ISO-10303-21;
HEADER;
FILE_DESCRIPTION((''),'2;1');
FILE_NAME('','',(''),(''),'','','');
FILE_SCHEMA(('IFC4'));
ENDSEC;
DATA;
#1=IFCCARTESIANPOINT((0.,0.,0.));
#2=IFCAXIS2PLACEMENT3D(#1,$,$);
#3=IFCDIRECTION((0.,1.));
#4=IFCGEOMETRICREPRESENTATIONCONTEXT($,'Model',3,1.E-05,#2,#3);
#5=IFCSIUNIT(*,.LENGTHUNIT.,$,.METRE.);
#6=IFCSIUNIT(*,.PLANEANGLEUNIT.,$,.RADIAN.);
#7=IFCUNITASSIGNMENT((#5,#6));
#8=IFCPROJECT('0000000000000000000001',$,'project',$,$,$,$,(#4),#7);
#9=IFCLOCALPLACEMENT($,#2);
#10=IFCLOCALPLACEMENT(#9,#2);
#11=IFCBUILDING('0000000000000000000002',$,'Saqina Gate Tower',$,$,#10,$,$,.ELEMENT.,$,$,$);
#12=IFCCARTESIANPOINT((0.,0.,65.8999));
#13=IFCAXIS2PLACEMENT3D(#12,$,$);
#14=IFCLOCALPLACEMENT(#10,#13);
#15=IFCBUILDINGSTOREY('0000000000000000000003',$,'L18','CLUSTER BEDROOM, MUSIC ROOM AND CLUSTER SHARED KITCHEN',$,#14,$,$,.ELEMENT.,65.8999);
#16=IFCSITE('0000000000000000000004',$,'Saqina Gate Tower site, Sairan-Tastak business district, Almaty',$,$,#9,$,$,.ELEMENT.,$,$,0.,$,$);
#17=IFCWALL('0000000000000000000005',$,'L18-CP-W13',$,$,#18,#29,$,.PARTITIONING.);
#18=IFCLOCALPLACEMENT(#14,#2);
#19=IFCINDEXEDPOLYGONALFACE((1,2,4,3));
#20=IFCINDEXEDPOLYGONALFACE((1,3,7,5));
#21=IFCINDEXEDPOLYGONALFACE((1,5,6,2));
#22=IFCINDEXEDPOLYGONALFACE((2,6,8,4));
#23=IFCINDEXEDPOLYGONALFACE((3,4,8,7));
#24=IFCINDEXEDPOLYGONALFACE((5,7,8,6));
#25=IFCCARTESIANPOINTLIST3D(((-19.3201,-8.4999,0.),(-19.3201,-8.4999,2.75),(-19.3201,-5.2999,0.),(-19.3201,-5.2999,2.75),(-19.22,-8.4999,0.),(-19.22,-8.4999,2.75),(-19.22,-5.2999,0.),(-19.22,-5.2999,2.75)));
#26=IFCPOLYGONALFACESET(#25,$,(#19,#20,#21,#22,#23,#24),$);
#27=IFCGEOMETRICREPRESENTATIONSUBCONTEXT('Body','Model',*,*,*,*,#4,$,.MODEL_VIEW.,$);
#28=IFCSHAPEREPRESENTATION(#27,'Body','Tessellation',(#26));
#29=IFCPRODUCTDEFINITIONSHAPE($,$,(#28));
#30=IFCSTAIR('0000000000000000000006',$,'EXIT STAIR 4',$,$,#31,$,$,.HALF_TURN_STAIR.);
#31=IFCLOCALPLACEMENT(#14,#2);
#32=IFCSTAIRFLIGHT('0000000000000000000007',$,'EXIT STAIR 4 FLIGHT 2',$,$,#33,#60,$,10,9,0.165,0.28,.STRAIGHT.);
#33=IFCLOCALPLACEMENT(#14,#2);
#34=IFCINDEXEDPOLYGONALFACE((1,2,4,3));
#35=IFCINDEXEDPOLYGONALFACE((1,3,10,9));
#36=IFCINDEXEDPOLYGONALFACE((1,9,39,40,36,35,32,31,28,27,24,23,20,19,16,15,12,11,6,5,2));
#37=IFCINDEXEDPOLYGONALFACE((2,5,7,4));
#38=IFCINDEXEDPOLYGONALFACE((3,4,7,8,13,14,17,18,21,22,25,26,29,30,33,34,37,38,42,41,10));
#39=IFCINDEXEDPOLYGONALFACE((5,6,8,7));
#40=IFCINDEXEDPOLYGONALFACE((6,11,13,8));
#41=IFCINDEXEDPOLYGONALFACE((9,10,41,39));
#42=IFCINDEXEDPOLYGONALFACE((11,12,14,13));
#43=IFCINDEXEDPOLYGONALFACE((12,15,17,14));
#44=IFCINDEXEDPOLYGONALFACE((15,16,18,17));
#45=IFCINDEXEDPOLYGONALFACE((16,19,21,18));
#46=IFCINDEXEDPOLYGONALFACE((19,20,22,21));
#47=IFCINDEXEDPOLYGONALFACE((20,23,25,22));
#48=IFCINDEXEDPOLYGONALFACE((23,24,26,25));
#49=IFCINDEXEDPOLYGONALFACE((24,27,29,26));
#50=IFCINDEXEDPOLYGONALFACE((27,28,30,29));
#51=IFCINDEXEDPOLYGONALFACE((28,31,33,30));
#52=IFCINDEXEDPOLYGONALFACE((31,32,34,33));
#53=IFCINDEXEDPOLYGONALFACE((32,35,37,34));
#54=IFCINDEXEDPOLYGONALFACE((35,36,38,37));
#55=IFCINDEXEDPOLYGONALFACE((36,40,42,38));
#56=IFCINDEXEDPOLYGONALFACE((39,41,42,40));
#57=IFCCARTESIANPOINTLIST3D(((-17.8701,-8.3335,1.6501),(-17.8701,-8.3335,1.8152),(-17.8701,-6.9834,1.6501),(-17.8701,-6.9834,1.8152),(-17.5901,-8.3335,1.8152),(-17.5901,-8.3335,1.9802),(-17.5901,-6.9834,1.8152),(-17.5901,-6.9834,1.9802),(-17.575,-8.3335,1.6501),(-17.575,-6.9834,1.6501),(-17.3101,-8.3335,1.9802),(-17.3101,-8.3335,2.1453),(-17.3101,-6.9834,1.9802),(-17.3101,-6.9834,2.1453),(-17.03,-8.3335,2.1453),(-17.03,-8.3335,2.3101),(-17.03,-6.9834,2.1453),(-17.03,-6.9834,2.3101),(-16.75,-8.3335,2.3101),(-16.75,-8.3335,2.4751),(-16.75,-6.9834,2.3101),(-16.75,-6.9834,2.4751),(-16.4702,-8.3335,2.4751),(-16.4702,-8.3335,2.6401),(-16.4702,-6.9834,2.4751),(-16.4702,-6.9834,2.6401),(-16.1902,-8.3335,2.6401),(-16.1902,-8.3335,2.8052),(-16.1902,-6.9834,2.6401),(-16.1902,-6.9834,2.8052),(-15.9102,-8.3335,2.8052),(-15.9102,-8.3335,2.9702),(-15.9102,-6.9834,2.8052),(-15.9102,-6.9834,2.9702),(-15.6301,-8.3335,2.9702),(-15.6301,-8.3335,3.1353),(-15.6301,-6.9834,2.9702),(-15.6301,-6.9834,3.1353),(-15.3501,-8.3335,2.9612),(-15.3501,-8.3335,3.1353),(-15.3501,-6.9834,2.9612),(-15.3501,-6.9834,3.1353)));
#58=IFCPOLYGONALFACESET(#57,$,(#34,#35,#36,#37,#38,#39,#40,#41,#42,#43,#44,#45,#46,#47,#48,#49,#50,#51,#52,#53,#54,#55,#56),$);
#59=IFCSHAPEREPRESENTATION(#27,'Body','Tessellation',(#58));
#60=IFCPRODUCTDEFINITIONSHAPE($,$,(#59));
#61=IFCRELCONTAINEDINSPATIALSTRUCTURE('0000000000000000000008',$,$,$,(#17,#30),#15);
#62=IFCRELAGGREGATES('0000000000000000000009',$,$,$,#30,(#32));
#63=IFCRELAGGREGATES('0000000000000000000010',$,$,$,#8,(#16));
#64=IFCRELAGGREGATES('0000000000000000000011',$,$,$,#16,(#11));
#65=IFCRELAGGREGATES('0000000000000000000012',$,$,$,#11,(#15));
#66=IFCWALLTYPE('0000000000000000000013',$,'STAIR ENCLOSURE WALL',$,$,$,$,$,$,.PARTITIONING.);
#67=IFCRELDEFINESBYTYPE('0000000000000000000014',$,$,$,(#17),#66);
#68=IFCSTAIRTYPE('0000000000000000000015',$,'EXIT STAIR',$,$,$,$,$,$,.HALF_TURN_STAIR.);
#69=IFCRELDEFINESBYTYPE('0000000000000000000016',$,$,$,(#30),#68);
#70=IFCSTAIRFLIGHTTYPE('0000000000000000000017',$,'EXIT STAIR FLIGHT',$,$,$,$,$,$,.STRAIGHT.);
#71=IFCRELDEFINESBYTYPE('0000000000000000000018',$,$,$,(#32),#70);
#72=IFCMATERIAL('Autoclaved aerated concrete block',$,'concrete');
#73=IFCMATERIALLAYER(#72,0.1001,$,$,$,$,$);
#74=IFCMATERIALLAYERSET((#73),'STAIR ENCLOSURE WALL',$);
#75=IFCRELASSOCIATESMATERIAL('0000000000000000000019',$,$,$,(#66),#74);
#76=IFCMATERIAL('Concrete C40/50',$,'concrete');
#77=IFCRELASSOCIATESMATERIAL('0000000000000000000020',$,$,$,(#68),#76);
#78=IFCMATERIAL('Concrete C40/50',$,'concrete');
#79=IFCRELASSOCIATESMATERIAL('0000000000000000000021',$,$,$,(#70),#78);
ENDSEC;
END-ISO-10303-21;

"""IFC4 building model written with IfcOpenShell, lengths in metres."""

from ifc_helpers import new_model, si_unit, direction, frame, frame_2d, origin, place, context, subcontext, project, spatial, polyline, rectangle, outline, extrude, material, layer, layer_set, type_object, element, aggregate, save


model = new_model("IFC4")

# Units and contexts
model_context = context("Model", 3, precision=1e-05, world=origin(), true_north=direction((0.0, 1.0)))
body_context = subcontext(model_context, "Body", "Model", "MODEL_VIEW")
ifc_project = project(units=[si_unit("LENGTHUNIT", "METRE"), si_unit("PLANEANGLEUNIT", "RADIAN")], contexts=[model_context])

# Site, building, storey
site_placement = place(None, origin())
site = spatial("IfcSite", under=ifc_project, at=site_placement, Name="Saqina Gate Tower site, Sairan-Tastak business district, Almaty", CompositionType="ELEMENT", RefElevation=0.0)
building_placement = place(site_placement, origin())
building = spatial("IfcBuilding", under=site, at=building_placement, Name="Saqina Gate Tower", CompositionType="ELEMENT")
storey_placement = place(building_placement, frame((0.0, 0.0, 65.8999)))
storey = spatial("IfcBuildingStorey", under=building, at=storey_placement, Name="L18", Description="CLUSTER BEDROOM, MUSIC ROOM AND CLUSTER SHARED KITCHEN", CompositionType="ELEMENT", Elevation=65.8999)

# Wall
ifc_material_1 = material(Name="Autoclaved aerated concrete block", Category="concrete")
ifc_layer_1 = layer(ifc_material_1, 0.1001)
ifc_layer_set_1 = layer_set([ifc_layer_1], Name="STAIR ENCLOSURE WALL")
wall_type_1 = type_object("IfcWallType", Name="STAIR ENCLOSURE WALL", PredefinedType="PARTITIONING", material=ifc_layer_set_1)
wall_1_placement = place(storey_placement, frame((-19.27, -8.5, 0.0), z_axis=(0.0, 0.0, 1.0), x_axis=(0.0, 1.0, 0.0)))
element("IfcWall", 1, at=wall_1_placement, inside=storey, type_object=wall_type_1, Name="L18-CP-W13", PredefinedType="PARTITIONING", context=body_context, shape_type="SweptSolid", body=[
    extrude(rectangle(XDim=3.2, YDim=0.1001, at=frame_2d((1.6001, 0.0))), origin(), (0.0, 0.0, 1.0), 2.75),
])

# Stair, stair flight
ifc_material_2 = material(Name="Concrete C40/50", Category="concrete")
stair_type = type_object("IfcStairType", Name="EXIT STAIR", PredefinedType="HALF_TURN_STAIR", material=ifc_material_2)
stair_placement = place(storey_placement, origin())
stair = element("IfcStair", 2, at=stair_placement, inside=storey, type_object=stair_type, Name="EXIT STAIR 4", PredefinedType="HALF_TURN_STAIR")
ifc_material_3 = material(Name="Concrete C40/50", Category="concrete")
stair_flight_type = type_object("IfcStairFlightType", Name="EXIT STAIR FLIGHT", PredefinedType="STRAIGHT", material=ifc_material_3)
stair_flight_placement = place(storey_placement, frame((-17.8701, -7.6584, 1.6501), z_axis=(0.0, 0.0, 1.0), x_axis=(1.0, 0.0, 0.0)))
stair_flight = element("IfcStairFlight", 3, at=stair_flight_placement, type_object=stair_flight_type, Name="EXIT STAIR 4 FLIGHT 2", NumberOfRisers=10, NumberOfTreads=9, PredefinedType="STRAIGHT", RiserHeight=0.165, TreadLength=0.28, context=body_context, shape_type="SweptSolid", body=[
    extrude(outline(polyline([(0.0, 0.0), (0.0, 0.165), (0.28, 0.165), (0.28, 0.3301), (0.5601, 0.3301), (0.5601, 0.4951), (0.8401, 0.4951), (0.8401, 0.6599), (1.1201, 0.6599), (1.1201, 0.825), (1.3999, 0.825), (1.3999, 0.99), (1.6799, 0.99), (1.6799, 1.155), (1.96, 1.155), (1.96, 1.3201), (2.24, 1.3201), (2.24, 1.4851), (2.52, 1.4851), (2.52, 1.6499), (2.52, 1.311), (0.2952, 0.0), (0.0, 0.0)])), frame((0.0, 0.675, 0.0), z_axis=(0.0, -1.0, 0.0), x_axis=(1.0, 0.0, 0.0)), (0.0, 0.0, 1.0), 1.3501),
])
aggregate(stair, [stair_flight])

save(model, "model.ifc")
